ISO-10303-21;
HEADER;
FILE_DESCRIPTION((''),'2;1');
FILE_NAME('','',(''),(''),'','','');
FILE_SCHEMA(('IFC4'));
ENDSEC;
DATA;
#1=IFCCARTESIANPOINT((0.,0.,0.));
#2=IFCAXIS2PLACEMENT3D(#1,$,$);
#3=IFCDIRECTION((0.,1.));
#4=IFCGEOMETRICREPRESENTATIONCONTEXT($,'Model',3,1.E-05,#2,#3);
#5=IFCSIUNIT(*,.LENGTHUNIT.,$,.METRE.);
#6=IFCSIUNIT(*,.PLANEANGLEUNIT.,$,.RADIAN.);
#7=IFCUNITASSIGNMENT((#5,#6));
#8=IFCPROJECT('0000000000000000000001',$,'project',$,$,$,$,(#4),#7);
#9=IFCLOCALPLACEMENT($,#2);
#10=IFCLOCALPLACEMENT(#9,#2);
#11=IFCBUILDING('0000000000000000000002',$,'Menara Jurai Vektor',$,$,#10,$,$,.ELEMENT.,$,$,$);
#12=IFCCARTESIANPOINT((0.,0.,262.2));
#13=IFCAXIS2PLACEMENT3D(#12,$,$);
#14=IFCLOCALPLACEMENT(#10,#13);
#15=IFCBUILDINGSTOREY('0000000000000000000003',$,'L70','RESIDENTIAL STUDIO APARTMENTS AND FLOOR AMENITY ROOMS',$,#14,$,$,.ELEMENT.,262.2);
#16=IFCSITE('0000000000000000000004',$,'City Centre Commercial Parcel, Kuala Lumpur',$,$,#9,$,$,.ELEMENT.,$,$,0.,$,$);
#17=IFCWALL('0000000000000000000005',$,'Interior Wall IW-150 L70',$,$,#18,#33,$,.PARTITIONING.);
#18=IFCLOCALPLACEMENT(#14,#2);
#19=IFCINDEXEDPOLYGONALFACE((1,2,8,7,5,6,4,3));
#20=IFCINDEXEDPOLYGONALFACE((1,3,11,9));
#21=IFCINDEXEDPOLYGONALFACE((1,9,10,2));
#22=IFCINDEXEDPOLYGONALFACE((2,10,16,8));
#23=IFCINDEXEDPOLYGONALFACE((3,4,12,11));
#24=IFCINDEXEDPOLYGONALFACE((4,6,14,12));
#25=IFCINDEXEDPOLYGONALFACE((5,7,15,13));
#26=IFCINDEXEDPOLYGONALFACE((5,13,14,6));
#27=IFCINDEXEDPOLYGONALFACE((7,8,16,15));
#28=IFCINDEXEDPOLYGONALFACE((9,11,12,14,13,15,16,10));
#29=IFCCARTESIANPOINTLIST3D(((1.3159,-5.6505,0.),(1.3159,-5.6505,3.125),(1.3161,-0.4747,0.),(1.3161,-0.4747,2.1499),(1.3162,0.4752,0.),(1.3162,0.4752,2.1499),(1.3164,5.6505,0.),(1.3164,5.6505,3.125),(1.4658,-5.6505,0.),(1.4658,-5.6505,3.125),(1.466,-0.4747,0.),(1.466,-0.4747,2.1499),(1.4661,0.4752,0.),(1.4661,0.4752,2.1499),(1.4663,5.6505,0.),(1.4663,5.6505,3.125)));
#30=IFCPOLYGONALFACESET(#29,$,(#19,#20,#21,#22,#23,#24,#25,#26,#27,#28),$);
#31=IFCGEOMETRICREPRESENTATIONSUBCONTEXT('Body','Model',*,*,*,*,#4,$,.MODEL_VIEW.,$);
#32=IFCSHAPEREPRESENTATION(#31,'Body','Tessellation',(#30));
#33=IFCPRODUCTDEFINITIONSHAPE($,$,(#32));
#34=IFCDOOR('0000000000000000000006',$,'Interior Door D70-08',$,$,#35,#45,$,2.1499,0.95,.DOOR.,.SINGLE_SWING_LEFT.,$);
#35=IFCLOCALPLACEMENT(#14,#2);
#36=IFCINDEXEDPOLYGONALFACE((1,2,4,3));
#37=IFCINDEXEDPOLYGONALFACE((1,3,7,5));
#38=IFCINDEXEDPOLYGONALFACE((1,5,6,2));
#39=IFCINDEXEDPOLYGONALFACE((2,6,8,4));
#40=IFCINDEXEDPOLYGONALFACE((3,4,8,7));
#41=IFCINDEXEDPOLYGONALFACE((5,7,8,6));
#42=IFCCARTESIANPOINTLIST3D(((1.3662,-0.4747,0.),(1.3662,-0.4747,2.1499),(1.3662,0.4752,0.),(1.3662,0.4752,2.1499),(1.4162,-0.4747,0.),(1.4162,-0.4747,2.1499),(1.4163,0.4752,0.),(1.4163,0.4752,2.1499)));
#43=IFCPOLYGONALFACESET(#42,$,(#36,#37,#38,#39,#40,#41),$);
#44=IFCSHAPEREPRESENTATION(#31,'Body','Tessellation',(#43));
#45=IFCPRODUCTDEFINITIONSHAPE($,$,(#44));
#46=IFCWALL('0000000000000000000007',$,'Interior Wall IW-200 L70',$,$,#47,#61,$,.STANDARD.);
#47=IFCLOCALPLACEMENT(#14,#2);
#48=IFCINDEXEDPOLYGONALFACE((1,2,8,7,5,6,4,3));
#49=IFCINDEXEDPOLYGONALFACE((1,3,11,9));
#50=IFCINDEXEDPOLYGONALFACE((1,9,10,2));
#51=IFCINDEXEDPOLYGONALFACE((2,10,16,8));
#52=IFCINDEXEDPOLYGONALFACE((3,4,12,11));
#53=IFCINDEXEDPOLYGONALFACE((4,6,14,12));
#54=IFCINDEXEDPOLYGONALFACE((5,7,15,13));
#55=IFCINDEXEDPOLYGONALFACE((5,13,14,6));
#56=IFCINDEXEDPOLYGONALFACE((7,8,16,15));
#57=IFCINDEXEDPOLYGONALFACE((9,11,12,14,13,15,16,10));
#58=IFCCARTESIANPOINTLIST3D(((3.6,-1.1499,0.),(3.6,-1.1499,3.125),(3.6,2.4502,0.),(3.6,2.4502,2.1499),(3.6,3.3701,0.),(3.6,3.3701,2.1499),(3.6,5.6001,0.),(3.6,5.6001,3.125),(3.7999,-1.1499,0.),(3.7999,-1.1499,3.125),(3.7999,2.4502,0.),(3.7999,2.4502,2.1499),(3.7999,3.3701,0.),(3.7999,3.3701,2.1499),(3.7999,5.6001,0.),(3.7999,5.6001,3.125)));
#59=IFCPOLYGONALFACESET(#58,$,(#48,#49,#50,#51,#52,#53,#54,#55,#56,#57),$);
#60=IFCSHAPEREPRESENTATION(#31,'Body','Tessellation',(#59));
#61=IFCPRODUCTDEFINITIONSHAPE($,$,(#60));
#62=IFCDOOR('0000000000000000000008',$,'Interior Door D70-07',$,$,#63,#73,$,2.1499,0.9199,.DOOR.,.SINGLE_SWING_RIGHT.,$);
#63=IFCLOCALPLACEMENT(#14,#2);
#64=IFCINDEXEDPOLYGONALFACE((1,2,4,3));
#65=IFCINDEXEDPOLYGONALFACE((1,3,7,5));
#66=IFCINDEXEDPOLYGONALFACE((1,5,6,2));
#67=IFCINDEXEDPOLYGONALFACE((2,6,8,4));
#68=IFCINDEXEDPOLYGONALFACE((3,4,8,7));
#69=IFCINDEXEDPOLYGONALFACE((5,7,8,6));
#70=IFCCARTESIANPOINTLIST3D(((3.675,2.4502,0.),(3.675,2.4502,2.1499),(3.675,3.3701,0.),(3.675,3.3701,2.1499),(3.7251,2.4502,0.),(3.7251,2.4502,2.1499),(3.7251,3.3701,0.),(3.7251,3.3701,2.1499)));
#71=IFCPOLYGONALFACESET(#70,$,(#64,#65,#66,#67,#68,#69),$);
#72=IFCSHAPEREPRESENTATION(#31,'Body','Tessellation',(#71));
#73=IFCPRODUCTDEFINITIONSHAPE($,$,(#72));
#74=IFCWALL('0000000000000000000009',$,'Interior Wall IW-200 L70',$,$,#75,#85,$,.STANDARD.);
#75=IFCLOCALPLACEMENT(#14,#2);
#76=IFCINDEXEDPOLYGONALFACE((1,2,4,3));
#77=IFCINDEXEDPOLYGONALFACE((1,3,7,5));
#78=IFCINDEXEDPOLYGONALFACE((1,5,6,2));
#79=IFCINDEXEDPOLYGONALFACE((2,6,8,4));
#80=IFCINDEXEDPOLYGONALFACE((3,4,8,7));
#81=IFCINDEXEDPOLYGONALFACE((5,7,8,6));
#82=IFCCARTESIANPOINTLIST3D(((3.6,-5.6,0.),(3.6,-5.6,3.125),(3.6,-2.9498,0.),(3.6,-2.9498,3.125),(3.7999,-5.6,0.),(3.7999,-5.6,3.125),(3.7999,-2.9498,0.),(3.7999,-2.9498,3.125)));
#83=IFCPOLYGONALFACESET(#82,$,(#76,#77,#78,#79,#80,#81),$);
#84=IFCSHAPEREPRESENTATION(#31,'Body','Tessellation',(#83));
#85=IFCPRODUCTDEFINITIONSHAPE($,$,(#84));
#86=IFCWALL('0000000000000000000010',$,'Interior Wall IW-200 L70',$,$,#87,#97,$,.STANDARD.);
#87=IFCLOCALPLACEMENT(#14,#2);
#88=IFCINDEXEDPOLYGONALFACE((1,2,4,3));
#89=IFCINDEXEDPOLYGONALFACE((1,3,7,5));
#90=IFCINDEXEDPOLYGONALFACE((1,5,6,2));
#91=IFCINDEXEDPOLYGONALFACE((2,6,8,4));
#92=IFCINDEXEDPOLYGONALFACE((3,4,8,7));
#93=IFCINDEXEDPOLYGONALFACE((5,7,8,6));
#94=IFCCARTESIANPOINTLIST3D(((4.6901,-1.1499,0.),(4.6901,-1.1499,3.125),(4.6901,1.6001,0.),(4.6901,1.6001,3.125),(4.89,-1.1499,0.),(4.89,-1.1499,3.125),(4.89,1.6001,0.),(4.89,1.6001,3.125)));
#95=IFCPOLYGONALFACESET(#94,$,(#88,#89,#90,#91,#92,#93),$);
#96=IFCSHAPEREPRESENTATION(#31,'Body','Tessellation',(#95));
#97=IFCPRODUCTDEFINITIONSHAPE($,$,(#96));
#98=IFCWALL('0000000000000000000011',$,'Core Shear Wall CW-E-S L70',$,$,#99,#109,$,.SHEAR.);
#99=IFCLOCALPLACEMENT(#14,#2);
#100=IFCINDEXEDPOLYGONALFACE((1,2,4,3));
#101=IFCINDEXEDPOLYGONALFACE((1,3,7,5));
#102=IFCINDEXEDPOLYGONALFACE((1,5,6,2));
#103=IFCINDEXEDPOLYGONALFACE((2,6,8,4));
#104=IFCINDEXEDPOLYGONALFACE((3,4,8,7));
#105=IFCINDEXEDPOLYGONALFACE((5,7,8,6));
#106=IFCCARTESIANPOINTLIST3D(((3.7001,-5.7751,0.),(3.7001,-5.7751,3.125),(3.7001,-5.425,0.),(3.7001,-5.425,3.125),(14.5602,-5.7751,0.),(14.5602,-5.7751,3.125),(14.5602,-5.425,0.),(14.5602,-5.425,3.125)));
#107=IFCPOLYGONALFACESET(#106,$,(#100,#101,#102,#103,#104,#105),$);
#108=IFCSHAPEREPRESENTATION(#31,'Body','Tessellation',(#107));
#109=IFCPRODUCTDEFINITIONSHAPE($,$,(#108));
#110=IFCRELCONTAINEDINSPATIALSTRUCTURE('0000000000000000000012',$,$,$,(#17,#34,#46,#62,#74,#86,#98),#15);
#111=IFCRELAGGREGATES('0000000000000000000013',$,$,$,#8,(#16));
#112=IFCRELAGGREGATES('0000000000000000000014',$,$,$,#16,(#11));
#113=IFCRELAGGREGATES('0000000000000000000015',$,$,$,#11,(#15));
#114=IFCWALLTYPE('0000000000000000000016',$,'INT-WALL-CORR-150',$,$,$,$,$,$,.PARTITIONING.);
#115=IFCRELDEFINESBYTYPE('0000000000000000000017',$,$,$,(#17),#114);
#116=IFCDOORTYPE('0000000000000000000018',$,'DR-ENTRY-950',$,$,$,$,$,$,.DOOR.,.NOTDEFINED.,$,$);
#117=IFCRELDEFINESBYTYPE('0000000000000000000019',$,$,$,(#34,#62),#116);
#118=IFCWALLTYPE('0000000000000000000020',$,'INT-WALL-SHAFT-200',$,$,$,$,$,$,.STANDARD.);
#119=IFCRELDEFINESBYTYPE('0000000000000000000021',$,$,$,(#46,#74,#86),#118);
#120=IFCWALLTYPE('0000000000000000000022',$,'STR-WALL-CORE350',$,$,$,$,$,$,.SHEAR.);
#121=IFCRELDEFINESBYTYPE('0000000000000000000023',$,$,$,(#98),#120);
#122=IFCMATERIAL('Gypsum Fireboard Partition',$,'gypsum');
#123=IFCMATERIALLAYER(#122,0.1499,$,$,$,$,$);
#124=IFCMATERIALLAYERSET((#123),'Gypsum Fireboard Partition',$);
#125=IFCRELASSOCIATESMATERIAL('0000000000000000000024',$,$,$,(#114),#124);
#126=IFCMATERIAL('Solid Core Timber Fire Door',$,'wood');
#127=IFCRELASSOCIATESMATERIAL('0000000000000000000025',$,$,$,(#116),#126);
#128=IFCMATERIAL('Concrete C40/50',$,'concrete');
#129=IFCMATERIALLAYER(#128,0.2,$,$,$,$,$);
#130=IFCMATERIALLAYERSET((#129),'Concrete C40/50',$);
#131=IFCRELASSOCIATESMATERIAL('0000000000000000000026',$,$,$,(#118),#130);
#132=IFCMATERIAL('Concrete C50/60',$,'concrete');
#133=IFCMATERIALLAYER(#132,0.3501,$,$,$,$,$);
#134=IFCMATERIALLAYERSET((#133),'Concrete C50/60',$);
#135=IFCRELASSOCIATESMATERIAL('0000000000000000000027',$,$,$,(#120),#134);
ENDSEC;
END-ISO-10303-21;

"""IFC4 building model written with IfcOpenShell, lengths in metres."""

from ifc_helpers import new_model, si_unit, direction, frame, frame_2d, origin, place, context, subcontext, project, spatial, rectangle, extrude, material, layer, layer_set, type_object, element, fill, save


model = new_model("IFC4")

# Units and contexts
model_context = context("Model", 3, precision=1e-05, world=origin(), true_north=direction((0.0, 1.0)))
body_context = subcontext(model_context, "Body", "Model", "MODEL_VIEW")
ifc_project = project(units=[si_unit("LENGTHUNIT", "METRE"), si_unit("PLANEANGLEUNIT", "RADIAN")], contexts=[model_context])

# Site, building, storey
site_placement = place(None, origin())
site = spatial("IfcSite", under=ifc_project, at=site_placement, Name="City Centre Commercial Parcel, Kuala Lumpur", CompositionType="ELEMENT", RefElevation=0.0)
building_placement = place(site_placement, origin())
building = spatial("IfcBuilding", under=site, at=building_placement, Name="Menara Jurai Vektor", CompositionType="ELEMENT")
storey_placement = place(building_placement, frame((0.0, 0.0, 262.2)))
storey = spatial("IfcBuildingStorey", under=building, at=storey_placement, Name="L70", Description="RESIDENTIAL STUDIO APARTMENTS AND FLOOR AMENITY ROOMS", CompositionType="ELEMENT", Elevation=262.2)

# Shared definitions
ifc_material_1 = material(Name="Concrete C50/60", Category="concrete")

# Shared definitions
ifc_material_2 = material(Name="Concrete C40/50", Category="concrete")

# Shared definitions
ifc_material_3 = material(Name="Gypsum Fireboard Partition", Category="gypsum")
ifc_layer_1 = layer(ifc_material_3, 0.1499)
ifc_layer_set_1 = layer_set([ifc_layer_1], Name="Gypsum Fireboard Partition")
wall_type_1 = type_object("IfcWallType", Name="INT-WALL-CORR-150", PredefinedType="PARTITIONING", material=ifc_layer_set_1)

# Walls, openings, doors
wall_1_placement = place(storey_placement, frame((1.3909, -5.6504, 0.0), z_axis=(0.0, 0.0, 1.0), x_axis=(0.000043, 1.0, 0.0)))
wall_1 = element("IfcWall", 1, at=wall_1_placement, inside=storey, type_object=wall_type_1, Name="Interior Wall IW-150 L70", PredefinedType="PARTITIONING", context=body_context, shape_type="SweptSolid", body=[
    extrude(rectangle(XDim=11.301, YDim=0.1499, at=frame_2d((5.6504, 0.0))), origin(), (0.0, 0.0, 1.0), 3.125),
])
opening_1_placement = place(wall_1_placement, frame((5.1755, 0.0, 0.0)))
opening_1 = element("IfcOpeningElement", 2, at=opening_1_placement, cuts=wall_1, PredefinedType="OPENING", context=body_context, shape_type="SweptSolid", body=[
    extrude(rectangle(XDim=0.95, YDim=2.1499, at=frame_2d((0.4751, 1.075))), frame((0.0, 0.085, 0.0), z_axis=(0.0, -1.0, 0.0), x_axis=(1.0, 0.0, 0.0)), (0.0, 0.0, 1.0), 0.1699),
])
ifc_material_4 = material(Name="Solid Core Timber Fire Door", Category="wood")
door_type_1 = type_object("IfcDoorType", Name="DR-ENTRY-950", OperationType="NOTDEFINED", PredefinedType="DOOR", material=ifc_material_4)
door_1_placement = place(opening_1_placement, origin())
door_1 = element("IfcDoor", 3, at=door_1_placement, inside=storey, type_object=door_type_1, Name="Interior Door D70-08", OperationType="SINGLE_SWING_LEFT", OverallHeight=2.1499, OverallWidth=0.95, PredefinedType="DOOR", context=body_context, shape_type="SweptSolid", body=[
    extrude(rectangle(XDim=0.95, YDim=2.1499, at=frame_2d((0.4751, 1.075))), frame((0.0, 0.0249, 0.0), z_axis=(0.0, -1.0, 0.0), x_axis=(1.0, 0.0, 0.0)), (0.0, 0.0, 1.0), 0.05),
])
fill(opening_1, door_1)
ifc_layer_2 = layer(ifc_material_2, 0.2)
ifc_layer_set_2 = layer_set([ifc_layer_2], Name="Concrete C40/50")
wall_type_2 = type_object("IfcWallType", Name="INT-WALL-SHAFT-200", PredefinedType="STANDARD", material=ifc_layer_set_2)
wall_2_placement = place(storey_placement, frame((3.7, -1.1499, 0.0), z_axis=(0.0, 0.0, 1.0), x_axis=(0.0, 1.0, 0.0)))
wall_2 = element("IfcWall", 4, at=wall_2_placement, inside=storey, type_object=wall_type_2, Name="Interior Wall IW-200 L70", PredefinedType="STANDARD", context=body_context, shape_type="SweptSolid", body=[
    extrude(rectangle(XDim=6.75, YDim=0.2, at=frame_2d((3.375, 0.0))), origin(), (0.0, 0.0, 1.0), 3.125),
])
opening_2_placement = place(wall_2_placement, frame((3.6001, 0.0, 0.0)))
opening_2 = element("IfcOpeningElement", 5, at=opening_2_placement, cuts=wall_2, PredefinedType="OPENING", context=body_context, shape_type="SweptSolid", body=[
    extrude(rectangle(XDim=0.9199, YDim=2.1499, at=frame_2d((0.46, 1.075))), frame((0.0, 0.1099, 0.0), z_axis=(0.0, -1.0, 0.0), x_axis=(1.0, 0.0, 0.0)), (0.0, 0.0, 1.0), 0.22),
])
door_2_placement = place(opening_2_placement, origin())
door_2 = element("IfcDoor", 6, at=door_2_placement, inside=storey, type_object=door_type_1, Name="Interior Door D70-07", OperationType="SINGLE_SWING_RIGHT", OverallHeight=2.1499, OverallWidth=0.9199, PredefinedType="DOOR", context=body_context, shape_type="SweptSolid", body=[
    extrude(rectangle(XDim=0.9199, YDim=2.1499, at=frame_2d((0.46, 1.075))), frame((0.0, 0.0249, 0.0), z_axis=(0.0, -1.0, 0.0), x_axis=(1.0, 0.0, 0.0)), (0.0, 0.0, 1.0), 0.05),
])
fill(opening_2, door_2)

# Walls
wall_3_placement = place(storey_placement, frame((3.7, -5.6001, 0.0), z_axis=(0.0, 0.0, 1.0), x_axis=(0.0, 1.0, 0.0)))
element("IfcWall", 7, at=wall_3_placement, inside=storey, type_object=wall_type_2, Name="Interior Wall IW-200 L70", PredefinedType="STANDARD", context=body_context, shape_type="SweptSolid", body=[
    extrude(rectangle(XDim=2.6501, YDim=0.2, at=frame_2d((1.3252, 0.0))), origin(), (0.0, 0.0, 1.0), 3.125),
])
wall_4_placement = place(storey_placement, frame((4.79, -1.1499, 0.0), z_axis=(0.0, 0.0, 1.0), x_axis=(0.0, 1.0, 0.0)))
element("IfcWall", 8, at=wall_4_placement, inside=storey, type_object=wall_type_2, Name="Interior Wall IW-200 L70", PredefinedType="STANDARD", context=body_context, shape_type="SweptSolid", body=[
    extrude(rectangle(XDim=2.75, YDim=0.2, at=frame_2d((1.375, 0.0))), origin(), (0.0, 0.0, 1.0), 3.125),
])

# Wall
ifc_layer_3 = layer(ifc_material_1, 0.3501)
ifc_layer_set_3 = layer_set([ifc_layer_3], Name="Concrete C50/60")
wall_type_3 = type_object("IfcWallType", Name="STR-WALL-CORE350", PredefinedType="SHEAR", material=ifc_layer_set_3)
wall_5_placement = place(storey_placement, frame((3.7, -5.6001, 0.0), z_axis=(0.0, 0.0, 1.0), x_axis=(1.0, 0.0, 0.0)))
element("IfcWall", 9, at=wall_5_placement, inside=storey, type_object=wall_type_3, Name="Core Shear Wall CW-E-S L70", PredefinedType="SHEAR", context=body_context, shape_type="SweptSolid", body=[
    extrude(rectangle(XDim=10.8601, YDim=0.3501, at=frame_2d((5.4302, 0.0))), origin(), (0.0, 0.0, 1.0), 3.125),
])

save(model, "model.ifc")
